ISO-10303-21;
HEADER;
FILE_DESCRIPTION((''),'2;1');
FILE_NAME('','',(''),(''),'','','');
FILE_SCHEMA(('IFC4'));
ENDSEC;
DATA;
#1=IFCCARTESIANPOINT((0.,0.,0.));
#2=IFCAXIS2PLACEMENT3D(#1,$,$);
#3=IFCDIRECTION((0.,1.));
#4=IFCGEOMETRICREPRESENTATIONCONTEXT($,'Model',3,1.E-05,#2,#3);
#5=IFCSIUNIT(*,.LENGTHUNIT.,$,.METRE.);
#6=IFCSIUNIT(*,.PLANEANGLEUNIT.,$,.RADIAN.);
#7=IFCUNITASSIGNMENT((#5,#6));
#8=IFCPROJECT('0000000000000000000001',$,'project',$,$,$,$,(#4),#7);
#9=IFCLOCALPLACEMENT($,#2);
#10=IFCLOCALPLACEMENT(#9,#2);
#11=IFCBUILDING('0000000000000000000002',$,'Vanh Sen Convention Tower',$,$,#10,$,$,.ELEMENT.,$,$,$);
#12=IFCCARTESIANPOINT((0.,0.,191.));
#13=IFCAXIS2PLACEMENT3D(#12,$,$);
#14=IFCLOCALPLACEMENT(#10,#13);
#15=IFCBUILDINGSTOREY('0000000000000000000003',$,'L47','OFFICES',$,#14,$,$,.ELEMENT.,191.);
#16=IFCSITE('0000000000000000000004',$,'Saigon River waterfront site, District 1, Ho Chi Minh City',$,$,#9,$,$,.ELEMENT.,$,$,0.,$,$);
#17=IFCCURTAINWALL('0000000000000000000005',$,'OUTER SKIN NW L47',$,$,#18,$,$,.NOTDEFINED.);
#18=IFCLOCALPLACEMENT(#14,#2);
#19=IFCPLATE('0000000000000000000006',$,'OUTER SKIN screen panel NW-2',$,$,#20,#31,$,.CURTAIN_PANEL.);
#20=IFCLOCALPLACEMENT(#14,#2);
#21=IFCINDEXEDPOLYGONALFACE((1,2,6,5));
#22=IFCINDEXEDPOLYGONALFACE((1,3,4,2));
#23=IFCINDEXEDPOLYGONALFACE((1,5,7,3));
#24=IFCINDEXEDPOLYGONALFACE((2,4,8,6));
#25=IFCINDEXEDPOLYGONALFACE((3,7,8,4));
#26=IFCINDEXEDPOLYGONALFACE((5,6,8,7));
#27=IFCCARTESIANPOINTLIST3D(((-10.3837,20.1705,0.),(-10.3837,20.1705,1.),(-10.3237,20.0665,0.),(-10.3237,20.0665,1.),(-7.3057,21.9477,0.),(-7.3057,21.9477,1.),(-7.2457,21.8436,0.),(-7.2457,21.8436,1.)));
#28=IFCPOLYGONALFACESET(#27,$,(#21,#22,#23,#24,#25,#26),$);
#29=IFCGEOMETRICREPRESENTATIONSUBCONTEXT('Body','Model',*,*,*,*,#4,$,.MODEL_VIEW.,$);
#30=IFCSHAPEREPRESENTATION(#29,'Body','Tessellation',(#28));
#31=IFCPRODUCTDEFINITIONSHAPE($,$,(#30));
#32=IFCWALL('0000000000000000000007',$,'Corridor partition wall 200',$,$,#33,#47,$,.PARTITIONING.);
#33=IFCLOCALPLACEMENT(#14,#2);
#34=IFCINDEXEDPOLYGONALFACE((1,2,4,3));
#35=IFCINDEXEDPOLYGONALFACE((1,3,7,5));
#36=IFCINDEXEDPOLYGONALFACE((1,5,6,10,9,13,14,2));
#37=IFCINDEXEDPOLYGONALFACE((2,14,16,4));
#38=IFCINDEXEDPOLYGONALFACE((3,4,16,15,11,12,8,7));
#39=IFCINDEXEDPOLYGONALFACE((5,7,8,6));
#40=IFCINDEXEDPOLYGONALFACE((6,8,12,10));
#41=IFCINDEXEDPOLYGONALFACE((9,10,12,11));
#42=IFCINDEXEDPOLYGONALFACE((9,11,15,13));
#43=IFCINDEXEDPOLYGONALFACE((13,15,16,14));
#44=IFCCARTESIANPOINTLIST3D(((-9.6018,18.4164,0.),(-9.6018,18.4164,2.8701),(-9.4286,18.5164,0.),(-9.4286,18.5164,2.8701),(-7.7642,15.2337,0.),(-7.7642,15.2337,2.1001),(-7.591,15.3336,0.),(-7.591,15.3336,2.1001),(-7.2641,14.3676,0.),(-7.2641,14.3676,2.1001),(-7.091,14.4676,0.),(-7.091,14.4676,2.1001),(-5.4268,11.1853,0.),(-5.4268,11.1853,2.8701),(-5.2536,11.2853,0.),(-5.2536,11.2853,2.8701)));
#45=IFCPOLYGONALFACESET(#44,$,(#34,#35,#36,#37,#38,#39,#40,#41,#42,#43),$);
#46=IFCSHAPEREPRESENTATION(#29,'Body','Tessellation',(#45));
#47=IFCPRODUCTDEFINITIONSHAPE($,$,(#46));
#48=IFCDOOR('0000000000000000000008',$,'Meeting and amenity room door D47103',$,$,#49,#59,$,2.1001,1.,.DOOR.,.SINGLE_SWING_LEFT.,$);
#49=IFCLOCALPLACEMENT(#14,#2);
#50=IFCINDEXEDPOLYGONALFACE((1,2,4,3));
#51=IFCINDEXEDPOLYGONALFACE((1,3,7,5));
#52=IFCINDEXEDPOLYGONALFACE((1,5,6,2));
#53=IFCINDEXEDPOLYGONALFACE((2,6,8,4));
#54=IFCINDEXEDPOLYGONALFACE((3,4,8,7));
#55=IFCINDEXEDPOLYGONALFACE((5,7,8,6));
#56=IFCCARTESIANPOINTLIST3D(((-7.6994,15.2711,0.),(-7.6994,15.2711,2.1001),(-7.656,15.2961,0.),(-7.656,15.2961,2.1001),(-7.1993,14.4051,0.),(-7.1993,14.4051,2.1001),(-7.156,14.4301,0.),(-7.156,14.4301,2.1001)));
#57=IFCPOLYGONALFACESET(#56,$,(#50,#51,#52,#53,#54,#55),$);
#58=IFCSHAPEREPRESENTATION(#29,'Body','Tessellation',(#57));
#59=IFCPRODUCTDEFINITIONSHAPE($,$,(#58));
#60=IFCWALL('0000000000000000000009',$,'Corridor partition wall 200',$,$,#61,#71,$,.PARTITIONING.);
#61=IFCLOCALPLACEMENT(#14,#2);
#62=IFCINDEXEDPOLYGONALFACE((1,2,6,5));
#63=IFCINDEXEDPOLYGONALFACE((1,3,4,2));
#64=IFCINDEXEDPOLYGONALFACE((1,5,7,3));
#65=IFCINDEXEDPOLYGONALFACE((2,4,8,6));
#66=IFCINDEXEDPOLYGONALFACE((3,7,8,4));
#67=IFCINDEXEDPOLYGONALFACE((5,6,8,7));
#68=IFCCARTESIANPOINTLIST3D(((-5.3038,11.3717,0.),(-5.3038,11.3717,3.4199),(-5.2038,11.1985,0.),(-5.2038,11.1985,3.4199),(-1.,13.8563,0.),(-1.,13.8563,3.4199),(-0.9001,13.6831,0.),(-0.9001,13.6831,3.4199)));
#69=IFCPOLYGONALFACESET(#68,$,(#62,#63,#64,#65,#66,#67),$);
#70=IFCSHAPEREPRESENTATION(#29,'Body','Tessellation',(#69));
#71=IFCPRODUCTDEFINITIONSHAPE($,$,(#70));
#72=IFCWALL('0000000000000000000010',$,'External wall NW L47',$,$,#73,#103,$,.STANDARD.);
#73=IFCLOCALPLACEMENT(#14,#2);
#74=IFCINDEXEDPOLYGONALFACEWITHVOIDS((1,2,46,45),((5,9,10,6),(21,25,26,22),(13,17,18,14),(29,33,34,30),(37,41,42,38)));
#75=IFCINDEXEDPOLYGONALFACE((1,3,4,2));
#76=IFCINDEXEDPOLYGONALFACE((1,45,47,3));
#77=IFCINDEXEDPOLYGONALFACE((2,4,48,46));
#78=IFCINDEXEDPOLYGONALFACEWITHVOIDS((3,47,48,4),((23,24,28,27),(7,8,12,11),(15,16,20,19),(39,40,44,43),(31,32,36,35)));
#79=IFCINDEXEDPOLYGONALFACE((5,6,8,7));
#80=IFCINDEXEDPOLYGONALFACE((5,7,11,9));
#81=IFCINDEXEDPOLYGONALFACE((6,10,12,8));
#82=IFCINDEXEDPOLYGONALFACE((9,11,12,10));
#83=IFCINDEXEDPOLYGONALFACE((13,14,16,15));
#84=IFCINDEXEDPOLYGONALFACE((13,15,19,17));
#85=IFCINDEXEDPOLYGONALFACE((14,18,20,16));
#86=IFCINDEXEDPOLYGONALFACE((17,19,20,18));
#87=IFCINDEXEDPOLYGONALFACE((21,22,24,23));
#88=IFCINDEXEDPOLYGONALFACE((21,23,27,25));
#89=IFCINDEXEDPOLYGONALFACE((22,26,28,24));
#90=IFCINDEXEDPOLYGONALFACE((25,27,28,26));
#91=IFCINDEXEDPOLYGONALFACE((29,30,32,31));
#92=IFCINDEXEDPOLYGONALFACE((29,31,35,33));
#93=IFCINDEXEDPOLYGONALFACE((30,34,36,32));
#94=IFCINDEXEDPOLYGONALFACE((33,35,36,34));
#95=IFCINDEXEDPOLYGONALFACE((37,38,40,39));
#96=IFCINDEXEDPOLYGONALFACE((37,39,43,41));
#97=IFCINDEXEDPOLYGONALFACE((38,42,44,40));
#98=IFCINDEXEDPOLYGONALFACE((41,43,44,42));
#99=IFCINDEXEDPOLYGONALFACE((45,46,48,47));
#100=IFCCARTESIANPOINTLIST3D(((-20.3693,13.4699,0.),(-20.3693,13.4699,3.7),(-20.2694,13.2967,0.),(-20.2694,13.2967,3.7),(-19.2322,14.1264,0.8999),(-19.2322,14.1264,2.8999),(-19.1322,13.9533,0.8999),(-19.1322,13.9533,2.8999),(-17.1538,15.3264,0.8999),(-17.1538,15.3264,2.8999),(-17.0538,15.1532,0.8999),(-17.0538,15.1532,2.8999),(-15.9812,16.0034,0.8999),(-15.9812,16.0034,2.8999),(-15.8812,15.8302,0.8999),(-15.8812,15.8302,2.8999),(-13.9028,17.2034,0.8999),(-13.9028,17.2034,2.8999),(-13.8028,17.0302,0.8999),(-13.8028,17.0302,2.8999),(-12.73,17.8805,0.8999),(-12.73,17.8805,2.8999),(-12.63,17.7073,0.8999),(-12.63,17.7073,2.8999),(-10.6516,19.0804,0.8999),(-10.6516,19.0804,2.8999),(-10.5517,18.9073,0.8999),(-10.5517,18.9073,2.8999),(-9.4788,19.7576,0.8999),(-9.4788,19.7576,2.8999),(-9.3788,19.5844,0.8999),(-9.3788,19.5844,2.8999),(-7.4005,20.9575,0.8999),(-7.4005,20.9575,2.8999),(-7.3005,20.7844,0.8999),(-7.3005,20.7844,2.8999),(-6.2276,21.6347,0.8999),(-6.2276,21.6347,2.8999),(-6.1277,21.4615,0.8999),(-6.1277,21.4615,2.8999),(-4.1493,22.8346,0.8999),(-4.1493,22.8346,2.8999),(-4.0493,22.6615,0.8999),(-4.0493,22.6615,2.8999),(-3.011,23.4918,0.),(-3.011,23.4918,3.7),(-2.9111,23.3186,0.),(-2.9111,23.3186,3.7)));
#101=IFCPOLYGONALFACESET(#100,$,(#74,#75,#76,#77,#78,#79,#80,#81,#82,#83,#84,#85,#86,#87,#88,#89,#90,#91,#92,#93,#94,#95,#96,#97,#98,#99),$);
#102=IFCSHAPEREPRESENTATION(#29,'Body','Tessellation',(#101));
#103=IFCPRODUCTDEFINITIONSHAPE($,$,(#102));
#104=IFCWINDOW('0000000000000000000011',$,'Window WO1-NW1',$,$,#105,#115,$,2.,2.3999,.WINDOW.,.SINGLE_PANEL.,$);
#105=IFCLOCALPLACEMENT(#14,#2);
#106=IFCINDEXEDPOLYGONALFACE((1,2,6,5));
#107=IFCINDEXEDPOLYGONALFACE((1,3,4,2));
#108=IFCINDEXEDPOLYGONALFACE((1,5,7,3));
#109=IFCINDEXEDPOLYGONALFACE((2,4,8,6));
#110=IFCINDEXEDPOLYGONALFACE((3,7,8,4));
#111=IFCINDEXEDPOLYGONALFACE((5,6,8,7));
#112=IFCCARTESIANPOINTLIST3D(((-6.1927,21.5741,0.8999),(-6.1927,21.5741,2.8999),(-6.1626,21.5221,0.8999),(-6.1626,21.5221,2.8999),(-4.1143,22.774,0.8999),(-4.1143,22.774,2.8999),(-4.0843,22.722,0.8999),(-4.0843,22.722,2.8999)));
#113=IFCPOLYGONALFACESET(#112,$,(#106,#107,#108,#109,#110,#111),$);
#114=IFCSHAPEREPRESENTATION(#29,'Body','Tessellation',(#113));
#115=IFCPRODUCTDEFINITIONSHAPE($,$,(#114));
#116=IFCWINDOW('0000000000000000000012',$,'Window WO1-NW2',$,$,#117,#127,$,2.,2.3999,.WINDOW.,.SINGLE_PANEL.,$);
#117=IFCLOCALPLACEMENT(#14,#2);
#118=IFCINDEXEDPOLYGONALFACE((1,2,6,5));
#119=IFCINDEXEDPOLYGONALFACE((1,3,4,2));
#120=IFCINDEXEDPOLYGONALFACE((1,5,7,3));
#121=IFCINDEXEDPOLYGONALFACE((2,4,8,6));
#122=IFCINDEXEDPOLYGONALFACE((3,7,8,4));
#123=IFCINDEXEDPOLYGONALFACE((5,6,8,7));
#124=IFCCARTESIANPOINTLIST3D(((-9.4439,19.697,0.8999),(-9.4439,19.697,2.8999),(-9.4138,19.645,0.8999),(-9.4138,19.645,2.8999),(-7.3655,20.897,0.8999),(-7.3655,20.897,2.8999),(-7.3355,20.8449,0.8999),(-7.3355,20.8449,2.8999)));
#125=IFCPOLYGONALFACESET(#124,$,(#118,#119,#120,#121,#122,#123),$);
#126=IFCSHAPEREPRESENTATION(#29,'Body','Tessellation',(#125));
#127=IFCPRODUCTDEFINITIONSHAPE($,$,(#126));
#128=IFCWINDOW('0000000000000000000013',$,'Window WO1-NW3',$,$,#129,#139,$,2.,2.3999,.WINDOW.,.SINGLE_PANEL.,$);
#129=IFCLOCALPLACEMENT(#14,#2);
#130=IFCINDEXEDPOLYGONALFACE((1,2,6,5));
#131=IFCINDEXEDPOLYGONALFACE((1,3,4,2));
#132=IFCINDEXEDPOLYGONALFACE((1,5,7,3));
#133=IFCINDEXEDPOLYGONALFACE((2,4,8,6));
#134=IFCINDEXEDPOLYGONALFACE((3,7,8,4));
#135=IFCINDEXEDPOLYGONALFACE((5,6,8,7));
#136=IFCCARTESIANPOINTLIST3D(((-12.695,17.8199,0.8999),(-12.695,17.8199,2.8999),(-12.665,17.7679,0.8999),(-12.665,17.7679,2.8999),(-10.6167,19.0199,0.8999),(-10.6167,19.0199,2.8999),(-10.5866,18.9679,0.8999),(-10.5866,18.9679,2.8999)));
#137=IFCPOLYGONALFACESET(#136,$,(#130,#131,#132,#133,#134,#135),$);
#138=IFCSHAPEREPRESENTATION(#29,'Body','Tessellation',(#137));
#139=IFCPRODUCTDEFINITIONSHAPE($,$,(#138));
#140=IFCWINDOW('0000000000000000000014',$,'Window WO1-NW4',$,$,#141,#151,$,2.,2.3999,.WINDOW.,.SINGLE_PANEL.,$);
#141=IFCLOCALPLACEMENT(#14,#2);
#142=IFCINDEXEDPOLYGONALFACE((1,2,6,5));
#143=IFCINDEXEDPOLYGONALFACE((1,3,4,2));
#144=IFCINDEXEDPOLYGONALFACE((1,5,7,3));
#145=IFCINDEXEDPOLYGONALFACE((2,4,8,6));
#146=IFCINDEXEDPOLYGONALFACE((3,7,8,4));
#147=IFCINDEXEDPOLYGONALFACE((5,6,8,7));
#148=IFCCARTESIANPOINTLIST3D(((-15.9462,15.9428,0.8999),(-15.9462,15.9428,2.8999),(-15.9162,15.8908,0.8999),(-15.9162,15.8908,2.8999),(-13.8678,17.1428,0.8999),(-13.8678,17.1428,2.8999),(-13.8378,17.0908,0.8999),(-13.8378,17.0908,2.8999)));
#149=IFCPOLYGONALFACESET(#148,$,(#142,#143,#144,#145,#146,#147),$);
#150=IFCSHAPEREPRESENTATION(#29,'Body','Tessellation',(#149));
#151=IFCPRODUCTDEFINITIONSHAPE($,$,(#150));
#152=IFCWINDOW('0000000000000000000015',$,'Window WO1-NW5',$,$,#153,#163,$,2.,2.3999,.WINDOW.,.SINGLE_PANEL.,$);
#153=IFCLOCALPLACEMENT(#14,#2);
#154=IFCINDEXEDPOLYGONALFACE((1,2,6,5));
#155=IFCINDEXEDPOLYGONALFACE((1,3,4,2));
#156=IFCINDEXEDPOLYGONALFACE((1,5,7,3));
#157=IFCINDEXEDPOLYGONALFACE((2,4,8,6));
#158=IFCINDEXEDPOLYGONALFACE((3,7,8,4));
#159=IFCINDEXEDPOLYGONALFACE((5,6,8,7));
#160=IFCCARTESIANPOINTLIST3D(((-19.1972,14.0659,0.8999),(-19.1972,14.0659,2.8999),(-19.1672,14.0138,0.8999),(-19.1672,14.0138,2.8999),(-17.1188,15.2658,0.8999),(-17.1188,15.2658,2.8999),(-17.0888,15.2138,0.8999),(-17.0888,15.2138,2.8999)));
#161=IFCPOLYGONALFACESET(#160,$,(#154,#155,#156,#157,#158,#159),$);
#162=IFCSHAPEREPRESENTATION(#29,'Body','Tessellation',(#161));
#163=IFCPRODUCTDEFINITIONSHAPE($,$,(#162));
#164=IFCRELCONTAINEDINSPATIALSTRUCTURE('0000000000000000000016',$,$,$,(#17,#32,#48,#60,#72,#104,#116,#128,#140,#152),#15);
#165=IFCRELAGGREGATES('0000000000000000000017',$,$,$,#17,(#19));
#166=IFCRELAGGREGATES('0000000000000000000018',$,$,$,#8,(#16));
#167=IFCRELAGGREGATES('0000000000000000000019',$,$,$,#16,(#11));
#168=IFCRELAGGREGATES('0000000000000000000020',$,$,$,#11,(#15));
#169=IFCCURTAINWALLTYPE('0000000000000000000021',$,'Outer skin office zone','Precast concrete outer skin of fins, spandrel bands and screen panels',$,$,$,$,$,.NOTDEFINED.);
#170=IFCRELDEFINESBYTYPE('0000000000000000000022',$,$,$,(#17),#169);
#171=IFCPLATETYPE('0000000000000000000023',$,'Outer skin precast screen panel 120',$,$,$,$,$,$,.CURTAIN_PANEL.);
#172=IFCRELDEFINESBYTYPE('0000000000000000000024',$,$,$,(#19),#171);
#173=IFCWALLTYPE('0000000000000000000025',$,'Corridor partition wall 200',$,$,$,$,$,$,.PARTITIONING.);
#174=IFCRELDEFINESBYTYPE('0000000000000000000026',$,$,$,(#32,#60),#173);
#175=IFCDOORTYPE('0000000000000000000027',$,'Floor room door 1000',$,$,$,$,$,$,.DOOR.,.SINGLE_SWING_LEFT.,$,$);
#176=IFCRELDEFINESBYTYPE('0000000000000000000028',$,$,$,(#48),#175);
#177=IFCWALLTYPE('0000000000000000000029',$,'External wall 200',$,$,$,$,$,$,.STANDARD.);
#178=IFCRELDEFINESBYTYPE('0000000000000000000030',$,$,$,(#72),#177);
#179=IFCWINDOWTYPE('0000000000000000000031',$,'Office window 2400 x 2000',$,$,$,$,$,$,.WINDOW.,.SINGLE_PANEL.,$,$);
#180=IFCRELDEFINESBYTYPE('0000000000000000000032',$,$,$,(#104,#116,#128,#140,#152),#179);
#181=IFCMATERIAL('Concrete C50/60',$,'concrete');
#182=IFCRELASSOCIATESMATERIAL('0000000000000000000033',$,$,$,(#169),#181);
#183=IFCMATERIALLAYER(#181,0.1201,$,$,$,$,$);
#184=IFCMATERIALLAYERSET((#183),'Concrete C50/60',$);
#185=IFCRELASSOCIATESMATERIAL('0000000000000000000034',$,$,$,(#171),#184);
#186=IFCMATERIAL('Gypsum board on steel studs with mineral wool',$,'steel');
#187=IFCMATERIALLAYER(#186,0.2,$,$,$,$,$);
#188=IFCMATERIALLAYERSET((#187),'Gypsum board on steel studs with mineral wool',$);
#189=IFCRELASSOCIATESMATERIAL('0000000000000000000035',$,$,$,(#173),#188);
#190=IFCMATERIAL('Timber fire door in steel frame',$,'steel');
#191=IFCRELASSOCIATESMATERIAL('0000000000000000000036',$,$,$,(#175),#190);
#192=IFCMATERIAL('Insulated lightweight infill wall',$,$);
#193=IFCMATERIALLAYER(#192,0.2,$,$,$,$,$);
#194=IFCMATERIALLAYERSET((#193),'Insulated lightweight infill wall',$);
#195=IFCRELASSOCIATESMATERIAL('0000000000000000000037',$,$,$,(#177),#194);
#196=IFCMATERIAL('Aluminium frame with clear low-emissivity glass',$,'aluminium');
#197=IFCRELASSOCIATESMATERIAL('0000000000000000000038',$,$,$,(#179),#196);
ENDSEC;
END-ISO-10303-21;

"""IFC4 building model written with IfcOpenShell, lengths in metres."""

from ifc_helpers import new_model, si_unit, direction, frame, frame_2d, origin, origin_2d, place, context, subcontext, project, spatial, rectangle, extrude, material, layer, layer_set, type_object, element, fill, aggregate, save


model = new_model("IFC4")

# Units and contexts
model_context = context("Model", 3, precision=1e-05, world=origin(), true_north=direction((0.0, 1.0)))
body_context = subcontext(model_context, "Body", "Model", "MODEL_VIEW")
ifc_project = project(units=[si_unit("LENGTHUNIT", "METRE"), si_unit("PLANEANGLEUNIT", "RADIAN")], contexts=[model_context])

# Site, building, storey
site_placement = place(None, origin())
site = spatial("IfcSite", under=ifc_project, at=site_placement, Name="Saigon River waterfront site, District 1, Ho Chi Minh City", CompositionType="ELEMENT", RefElevation=0.0)
building_placement = place(site_placement, origin())
building = spatial("IfcBuilding", under=site, at=building_placement, Name="Vanh Sen Convention Tower", CompositionType="ELEMENT")
storey_placement = place(building_placement, frame((0.0, 0.0, 191.0)))
storey = spatial("IfcBuildingStorey", under=building, at=storey_placement, Name="L47", Description="OFFICES", CompositionType="ELEMENT", Elevation=191.0)

# Curtain wall
ifc_material_1 = material(Name="Concrete C50/60", Category="concrete")
curtain_wall_type = type_object("IfcCurtainWallType", Name="Outer skin office zone", Description="Precast concrete outer skin of fins, spandrel bands and screen panels", PredefinedType="NOTDEFINED", material=ifc_material_1)
curtain_wall_1_placement = place(storey_placement, origin())
curtain_wall_1 = element("IfcCurtainWall", 1, at=curtain_wall_1_placement, inside=storey, type_object=curtain_wall_type, Name="OUTER SKIN NW L47", PredefinedType="NOTDEFINED")

# Shared definitions
ifc_layer_1 = layer(ifc_material_1, 0.1201)
ifc_layer_set_1 = layer_set([ifc_layer_1], Name="Concrete C50/60")
plate_type = type_object("IfcPlateType", Name="Outer skin precast screen panel 120", PredefinedType="CURTAIN_PANEL", material=ifc_layer_set_1)

# Plate
plate_1_placement = place(storey_placement, frame((-8.8147, 21.0071, 0.0), z_axis=(0.0, 0.0, 1.0), x_axis=(-0.866017, -0.500015, 0.0)))
plate_1 = element("IfcPlate", 2, at=plate_1_placement, type_object=plate_type, Name="OUTER SKIN screen panel NW-2", PredefinedType="CURTAIN_PANEL", context=body_context, shape_type="SweptSolid", body=[
    extrude(rectangle(XDim=3.5542, YDim=0.1201, at=origin_2d()), origin(), (0.0, 0.0, 1.0), 1.0),
])
aggregate(curtain_wall_1, [plate_1])

# Wall, opening, door
ifc_material_2 = material(Name="Gypsum board on steel studs with mineral wool", Category="steel")
ifc_layer_2 = layer(ifc_material_2, 0.2)
ifc_layer_set_2 = layer_set([ifc_layer_2], Name="Gypsum board on steel studs with mineral wool")
wall_type_1 = type_object("IfcWallType", Name="Corridor partition wall 200", PredefinedType="PARTITIONING", material=ifc_layer_set_2)
wall_1_placement = place(storey_placement, frame((-9.5151, 18.4663, 0.0), z_axis=(0.0, 0.0, 1.0), x_axis=(0.50001, -0.86602, 0.0)))
wall_1 = element("IfcWall", 3, at=wall_1_placement, inside=storey, type_object=wall_type_1, Name="Corridor partition wall 200", PredefinedType="PARTITIONING", context=body_context, shape_type="SweptSolid", body=[
    extrude(rectangle(XDim=8.3499, YDim=0.2, at=frame_2d((4.1748, 0.0))), origin(), (0.0, 0.0, 1.0), 2.8701),
])
opening_1_placement = place(wall_1_placement, frame((3.675, 0.0, 0.0)))
opening_1 = element("IfcOpeningElement", 4, at=opening_1_placement, cuts=wall_1, PredefinedType="OPENING", context=body_context, shape_type="SweptSolid", body=[
    extrude(rectangle(XDim=1.0, YDim=2.1001, at=frame_2d((0.5, 1.05))), frame((0.0, 0.1099, 0.0), z_axis=(0.0, -1.0, 0.0), x_axis=(1.0, 0.0, 0.0)), (0.0, 0.0, 1.0), 0.22),
])
ifc_material_3 = material(Name="Timber fire door in steel frame", Category="steel")
door_type = type_object("IfcDoorType", Name="Floor room door 1000", OperationType="SINGLE_SWING_LEFT", PredefinedType="DOOR", material=ifc_material_3)
door_placement = place(opening_1_placement, origin())
door = element("IfcDoor", 5, at=door_placement, inside=storey, type_object=door_type, Name="Meeting and amenity room door D47103", OperationType="SINGLE_SWING_LEFT", OverallHeight=2.1001, OverallWidth=1.0, PredefinedType="DOOR", context=body_context, shape_type="SweptSolid", body=[
    extrude(rectangle(XDim=1.0, YDim=2.1001, at=frame_2d((0.5, 1.05))), frame((0.0, 0.0249, 0.0), z_axis=(0.0, -1.0, 0.0), x_axis=(1.0, 0.0, 0.0)), (0.0, 0.0, 1.0), 0.05),
])
fill(opening_1, door)

# Wall
wall_2_placement = place(storey_placement, frame((-0.95, 13.7698, 0.0), z_axis=(0.0, 0.0, 1.0), x_axis=(-0.866037, -0.49998, 0.0)))
element("IfcWall", 6, at=wall_2_placement, inside=storey, type_object=wall_type_1, Name="Corridor partition wall 200", PredefinedType="PARTITIONING", context=body_context, shape_type="SweptSolid", body=[
    extrude(rectangle(XDim=4.9695, YDim=0.2, at=frame_2d((2.4849, 0.0))), origin(), (0.0, 0.0, 1.0), 3.4199),
])

# Wall, openings, windows
ifc_material_4 = material(Name="Insulated lightweight infill wall")
ifc_layer_3 = layer(ifc_material_4, 0.2)
ifc_layer_set_3 = layer_set([ifc_layer_3], Name="Insulated lightweight infill wall")
wall_type_2 = type_object("IfcWallType", Name="External wall 200", PredefinedType="STANDARD", material=ifc_layer_set_3)
wall_3_placement = place(storey_placement, frame((-2.9609, 23.4053, 0.0), z_axis=(0.0, 0.0, 1.0), x_axis=(-0.866023, -0.500004, 0.0)))
wall_3 = element("IfcWall", 7, at=wall_3_placement, inside=storey, type_object=wall_type_2, Name="External wall NW L47", PredefinedType="STANDARD", context=body_context, shape_type="SweptSolid", body=[
    extrude(rectangle(XDim=20.0437, YDim=0.2, at=frame_2d((10.022, 0.0))), origin(), (0.0, 0.0, 1.0), 3.7),
])
opening_2_placement = place(wall_3_placement, frame((1.3145, 0.0, 0.8999)))
opening_2 = element("IfcOpeningElement", 8, at=opening_2_placement, cuts=wall_3, PredefinedType="OPENING", context=body_context, shape_type="SweptSolid", body=[
    extrude(rectangle(XDim=2.3999, YDim=2.0, at=frame_2d((1.2, 1.0))), frame((0.0, 0.1099, 0.0), z_axis=(0.0, -1.0, 0.0), x_axis=(1.0, 0.0, 0.0)), (0.0, 0.0, 1.0), 0.22),
])
opening_3_placement = place(wall_3_placement, frame((5.0686, 0.0, 0.8999)))
opening_3 = element("IfcOpeningElement", 9, at=opening_3_placement, cuts=wall_3, PredefinedType="OPENING", context=body_context, shape_type="SweptSolid", body=[
    extrude(rectangle(XDim=2.3999, YDim=2.0, at=frame_2d((1.2, 1.0))), frame((0.0, 0.1099, 0.0), z_axis=(0.0, -1.0, 0.0), x_axis=(1.0, 0.0, 0.0)), (0.0, 0.0, 1.0), 0.22),
])
opening_4_placement = place(wall_3_placement, frame((8.8228, 0.0, 0.8999)))
opening_4 = element("IfcOpeningElement", 10, at=opening_4_placement, cuts=wall_3, PredefinedType="OPENING", context=body_context, shape_type="SweptSolid", body=[
    extrude(rectangle(XDim=2.3999, YDim=2.0, at=frame_2d((1.2, 1.0))), frame((0.0, 0.1099, 0.0), z_axis=(0.0, -1.0, 0.0), x_axis=(1.0, 0.0, 0.0)), (0.0, 0.0, 1.0), 0.22),
])
opening_5_placement = place(wall_3_placement, frame((12.5769, 0.0, 0.8999)))
opening_5 = element("IfcOpeningElement", 11, at=opening_5_placement, cuts=wall_3, PredefinedType="OPENING", context=body_context, shape_type="SweptSolid", body=[
    extrude(rectangle(XDim=2.3999, YDim=2.0, at=frame_2d((1.2, 1.0))), frame((0.0, 0.1099, 0.0), z_axis=(0.0, -1.0, 0.0), x_axis=(1.0, 0.0, 0.0)), (0.0, 0.0, 1.0), 0.22),
])
opening_6_placement = place(wall_3_placement, frame((16.3308, 0.0, 0.8999)))
opening_6 = element("IfcOpeningElement", 12, at=opening_6_placement, cuts=wall_3, PredefinedType="OPENING", context=body_context, shape_type="SweptSolid", body=[
    extrude(rectangle(XDim=2.3999, YDim=2.0, at=frame_2d((1.2, 1.0))), frame((0.0, 0.1099, 0.0), z_axis=(0.0, -1.0, 0.0), x_axis=(1.0, 0.0, 0.0)), (0.0, 0.0, 1.0), 0.22),
])
ifc_material_5 = material(Name="Aluminium frame with clear low-emissivity glass", Category="aluminium")
window_type = type_object("IfcWindowType", Name="Office window 2400 x 2000", PartitioningType="SINGLE_PANEL", PredefinedType="WINDOW", material=ifc_material_5)
window_1_placement = place(opening_2_placement, origin())
window_1 = element("IfcWindow", 13, at=window_1_placement, inside=storey, type_object=window_type, Name="Window WO1-NW1", OverallHeight=2.0, OverallWidth=2.3999, PartitioningType="SINGLE_PANEL", PredefinedType="WINDOW", context=body_context, shape_type="SweptSolid", body=[
    extrude(rectangle(XDim=2.3999, YDim=2.0, at=frame_2d((1.2, 1.0))), frame((0.0, 0.03, 0.0), z_axis=(0.0, -1.0, 0.0), x_axis=(1.0, 0.0, 0.0)), (0.0, 0.0, 1.0), 0.0601),
])
fill(opening_2, window_1)
window_2_placement = place(opening_3_placement, origin())
window_2 = element("IfcWindow", 14, at=window_2_placement, inside=storey, type_object=window_type, Name="Window WO1-NW2", OverallHeight=2.0, OverallWidth=2.3999, PartitioningType="SINGLE_PANEL", PredefinedType="WINDOW", context=body_context, shape_type="SweptSolid", body=[
    extrude(rectangle(XDim=2.3999, YDim=2.0, at=frame_2d((1.2, 1.0))), frame((0.0, 0.03, 0.0), z_axis=(0.0, -1.0, 0.0), x_axis=(1.0, 0.0, 0.0)), (0.0, 0.0, 1.0), 0.0601),
])
fill(opening_3, window_2)
window_3_placement = place(opening_4_placement, origin())
window_3 = element("IfcWindow", 15, at=window_3_placement, inside=storey, type_object=window_type, Name="Window WO1-NW3", OverallHeight=2.0, OverallWidth=2.3999, PartitioningType="SINGLE_PANEL", PredefinedType="WINDOW", context=body_context, shape_type="SweptSolid", body=[
    extrude(rectangle(XDim=2.3999, YDim=2.0, at=frame_2d((1.2, 1.0))), frame((0.0, 0.03, 0.0), z_axis=(0.0, -1.0, 0.0), x_axis=(1.0, 0.0, 0.0)), (0.0, 0.0, 1.0), 0.0601),
])
fill(opening_4, window_3)
window_4_placement = place(opening_5_placement, origin())
window_4 = element("IfcWindow", 16, at=window_4_placement, inside=storey, type_object=window_type, Name="Window WO1-NW4", OverallHeight=2.0, OverallWidth=2.3999, PartitioningType="SINGLE_PANEL", PredefinedType="WINDOW", context=body_context, shape_type="SweptSolid", body=[
    extrude(rectangle(XDim=2.3999, YDim=2.0, at=frame_2d((1.2, 1.0))), frame((0.0, 0.03, 0.0), z_axis=(0.0, -1.0, 0.0), x_axis=(1.0, 0.0, 0.0)), (0.0, 0.0, 1.0), 0.0601),
])
fill(opening_5, window_4)
window_5_placement = place(opening_6_placement, origin())
window_5 = element("IfcWindow", 17, at=window_5_placement, inside=storey, type_object=window_type, Name="Window WO1-NW5", OverallHeight=2.0, OverallWidth=2.3999, PartitioningType="SINGLE_PANEL", PredefinedType="WINDOW", context=body_context, shape_type="SweptSolid", body=[
    extrude(rectangle(XDim=2.3999, YDim=2.0, at=frame_2d((1.2, 1.0))), frame((0.0, 0.03, 0.0), z_axis=(0.0, -1.0, 0.0), x_axis=(1.0, 0.0, 0.0)), (0.0, 0.0, 1.0), 0.0601),
])
fill(opening_6, window_5)

save(model, "model.ifc")
